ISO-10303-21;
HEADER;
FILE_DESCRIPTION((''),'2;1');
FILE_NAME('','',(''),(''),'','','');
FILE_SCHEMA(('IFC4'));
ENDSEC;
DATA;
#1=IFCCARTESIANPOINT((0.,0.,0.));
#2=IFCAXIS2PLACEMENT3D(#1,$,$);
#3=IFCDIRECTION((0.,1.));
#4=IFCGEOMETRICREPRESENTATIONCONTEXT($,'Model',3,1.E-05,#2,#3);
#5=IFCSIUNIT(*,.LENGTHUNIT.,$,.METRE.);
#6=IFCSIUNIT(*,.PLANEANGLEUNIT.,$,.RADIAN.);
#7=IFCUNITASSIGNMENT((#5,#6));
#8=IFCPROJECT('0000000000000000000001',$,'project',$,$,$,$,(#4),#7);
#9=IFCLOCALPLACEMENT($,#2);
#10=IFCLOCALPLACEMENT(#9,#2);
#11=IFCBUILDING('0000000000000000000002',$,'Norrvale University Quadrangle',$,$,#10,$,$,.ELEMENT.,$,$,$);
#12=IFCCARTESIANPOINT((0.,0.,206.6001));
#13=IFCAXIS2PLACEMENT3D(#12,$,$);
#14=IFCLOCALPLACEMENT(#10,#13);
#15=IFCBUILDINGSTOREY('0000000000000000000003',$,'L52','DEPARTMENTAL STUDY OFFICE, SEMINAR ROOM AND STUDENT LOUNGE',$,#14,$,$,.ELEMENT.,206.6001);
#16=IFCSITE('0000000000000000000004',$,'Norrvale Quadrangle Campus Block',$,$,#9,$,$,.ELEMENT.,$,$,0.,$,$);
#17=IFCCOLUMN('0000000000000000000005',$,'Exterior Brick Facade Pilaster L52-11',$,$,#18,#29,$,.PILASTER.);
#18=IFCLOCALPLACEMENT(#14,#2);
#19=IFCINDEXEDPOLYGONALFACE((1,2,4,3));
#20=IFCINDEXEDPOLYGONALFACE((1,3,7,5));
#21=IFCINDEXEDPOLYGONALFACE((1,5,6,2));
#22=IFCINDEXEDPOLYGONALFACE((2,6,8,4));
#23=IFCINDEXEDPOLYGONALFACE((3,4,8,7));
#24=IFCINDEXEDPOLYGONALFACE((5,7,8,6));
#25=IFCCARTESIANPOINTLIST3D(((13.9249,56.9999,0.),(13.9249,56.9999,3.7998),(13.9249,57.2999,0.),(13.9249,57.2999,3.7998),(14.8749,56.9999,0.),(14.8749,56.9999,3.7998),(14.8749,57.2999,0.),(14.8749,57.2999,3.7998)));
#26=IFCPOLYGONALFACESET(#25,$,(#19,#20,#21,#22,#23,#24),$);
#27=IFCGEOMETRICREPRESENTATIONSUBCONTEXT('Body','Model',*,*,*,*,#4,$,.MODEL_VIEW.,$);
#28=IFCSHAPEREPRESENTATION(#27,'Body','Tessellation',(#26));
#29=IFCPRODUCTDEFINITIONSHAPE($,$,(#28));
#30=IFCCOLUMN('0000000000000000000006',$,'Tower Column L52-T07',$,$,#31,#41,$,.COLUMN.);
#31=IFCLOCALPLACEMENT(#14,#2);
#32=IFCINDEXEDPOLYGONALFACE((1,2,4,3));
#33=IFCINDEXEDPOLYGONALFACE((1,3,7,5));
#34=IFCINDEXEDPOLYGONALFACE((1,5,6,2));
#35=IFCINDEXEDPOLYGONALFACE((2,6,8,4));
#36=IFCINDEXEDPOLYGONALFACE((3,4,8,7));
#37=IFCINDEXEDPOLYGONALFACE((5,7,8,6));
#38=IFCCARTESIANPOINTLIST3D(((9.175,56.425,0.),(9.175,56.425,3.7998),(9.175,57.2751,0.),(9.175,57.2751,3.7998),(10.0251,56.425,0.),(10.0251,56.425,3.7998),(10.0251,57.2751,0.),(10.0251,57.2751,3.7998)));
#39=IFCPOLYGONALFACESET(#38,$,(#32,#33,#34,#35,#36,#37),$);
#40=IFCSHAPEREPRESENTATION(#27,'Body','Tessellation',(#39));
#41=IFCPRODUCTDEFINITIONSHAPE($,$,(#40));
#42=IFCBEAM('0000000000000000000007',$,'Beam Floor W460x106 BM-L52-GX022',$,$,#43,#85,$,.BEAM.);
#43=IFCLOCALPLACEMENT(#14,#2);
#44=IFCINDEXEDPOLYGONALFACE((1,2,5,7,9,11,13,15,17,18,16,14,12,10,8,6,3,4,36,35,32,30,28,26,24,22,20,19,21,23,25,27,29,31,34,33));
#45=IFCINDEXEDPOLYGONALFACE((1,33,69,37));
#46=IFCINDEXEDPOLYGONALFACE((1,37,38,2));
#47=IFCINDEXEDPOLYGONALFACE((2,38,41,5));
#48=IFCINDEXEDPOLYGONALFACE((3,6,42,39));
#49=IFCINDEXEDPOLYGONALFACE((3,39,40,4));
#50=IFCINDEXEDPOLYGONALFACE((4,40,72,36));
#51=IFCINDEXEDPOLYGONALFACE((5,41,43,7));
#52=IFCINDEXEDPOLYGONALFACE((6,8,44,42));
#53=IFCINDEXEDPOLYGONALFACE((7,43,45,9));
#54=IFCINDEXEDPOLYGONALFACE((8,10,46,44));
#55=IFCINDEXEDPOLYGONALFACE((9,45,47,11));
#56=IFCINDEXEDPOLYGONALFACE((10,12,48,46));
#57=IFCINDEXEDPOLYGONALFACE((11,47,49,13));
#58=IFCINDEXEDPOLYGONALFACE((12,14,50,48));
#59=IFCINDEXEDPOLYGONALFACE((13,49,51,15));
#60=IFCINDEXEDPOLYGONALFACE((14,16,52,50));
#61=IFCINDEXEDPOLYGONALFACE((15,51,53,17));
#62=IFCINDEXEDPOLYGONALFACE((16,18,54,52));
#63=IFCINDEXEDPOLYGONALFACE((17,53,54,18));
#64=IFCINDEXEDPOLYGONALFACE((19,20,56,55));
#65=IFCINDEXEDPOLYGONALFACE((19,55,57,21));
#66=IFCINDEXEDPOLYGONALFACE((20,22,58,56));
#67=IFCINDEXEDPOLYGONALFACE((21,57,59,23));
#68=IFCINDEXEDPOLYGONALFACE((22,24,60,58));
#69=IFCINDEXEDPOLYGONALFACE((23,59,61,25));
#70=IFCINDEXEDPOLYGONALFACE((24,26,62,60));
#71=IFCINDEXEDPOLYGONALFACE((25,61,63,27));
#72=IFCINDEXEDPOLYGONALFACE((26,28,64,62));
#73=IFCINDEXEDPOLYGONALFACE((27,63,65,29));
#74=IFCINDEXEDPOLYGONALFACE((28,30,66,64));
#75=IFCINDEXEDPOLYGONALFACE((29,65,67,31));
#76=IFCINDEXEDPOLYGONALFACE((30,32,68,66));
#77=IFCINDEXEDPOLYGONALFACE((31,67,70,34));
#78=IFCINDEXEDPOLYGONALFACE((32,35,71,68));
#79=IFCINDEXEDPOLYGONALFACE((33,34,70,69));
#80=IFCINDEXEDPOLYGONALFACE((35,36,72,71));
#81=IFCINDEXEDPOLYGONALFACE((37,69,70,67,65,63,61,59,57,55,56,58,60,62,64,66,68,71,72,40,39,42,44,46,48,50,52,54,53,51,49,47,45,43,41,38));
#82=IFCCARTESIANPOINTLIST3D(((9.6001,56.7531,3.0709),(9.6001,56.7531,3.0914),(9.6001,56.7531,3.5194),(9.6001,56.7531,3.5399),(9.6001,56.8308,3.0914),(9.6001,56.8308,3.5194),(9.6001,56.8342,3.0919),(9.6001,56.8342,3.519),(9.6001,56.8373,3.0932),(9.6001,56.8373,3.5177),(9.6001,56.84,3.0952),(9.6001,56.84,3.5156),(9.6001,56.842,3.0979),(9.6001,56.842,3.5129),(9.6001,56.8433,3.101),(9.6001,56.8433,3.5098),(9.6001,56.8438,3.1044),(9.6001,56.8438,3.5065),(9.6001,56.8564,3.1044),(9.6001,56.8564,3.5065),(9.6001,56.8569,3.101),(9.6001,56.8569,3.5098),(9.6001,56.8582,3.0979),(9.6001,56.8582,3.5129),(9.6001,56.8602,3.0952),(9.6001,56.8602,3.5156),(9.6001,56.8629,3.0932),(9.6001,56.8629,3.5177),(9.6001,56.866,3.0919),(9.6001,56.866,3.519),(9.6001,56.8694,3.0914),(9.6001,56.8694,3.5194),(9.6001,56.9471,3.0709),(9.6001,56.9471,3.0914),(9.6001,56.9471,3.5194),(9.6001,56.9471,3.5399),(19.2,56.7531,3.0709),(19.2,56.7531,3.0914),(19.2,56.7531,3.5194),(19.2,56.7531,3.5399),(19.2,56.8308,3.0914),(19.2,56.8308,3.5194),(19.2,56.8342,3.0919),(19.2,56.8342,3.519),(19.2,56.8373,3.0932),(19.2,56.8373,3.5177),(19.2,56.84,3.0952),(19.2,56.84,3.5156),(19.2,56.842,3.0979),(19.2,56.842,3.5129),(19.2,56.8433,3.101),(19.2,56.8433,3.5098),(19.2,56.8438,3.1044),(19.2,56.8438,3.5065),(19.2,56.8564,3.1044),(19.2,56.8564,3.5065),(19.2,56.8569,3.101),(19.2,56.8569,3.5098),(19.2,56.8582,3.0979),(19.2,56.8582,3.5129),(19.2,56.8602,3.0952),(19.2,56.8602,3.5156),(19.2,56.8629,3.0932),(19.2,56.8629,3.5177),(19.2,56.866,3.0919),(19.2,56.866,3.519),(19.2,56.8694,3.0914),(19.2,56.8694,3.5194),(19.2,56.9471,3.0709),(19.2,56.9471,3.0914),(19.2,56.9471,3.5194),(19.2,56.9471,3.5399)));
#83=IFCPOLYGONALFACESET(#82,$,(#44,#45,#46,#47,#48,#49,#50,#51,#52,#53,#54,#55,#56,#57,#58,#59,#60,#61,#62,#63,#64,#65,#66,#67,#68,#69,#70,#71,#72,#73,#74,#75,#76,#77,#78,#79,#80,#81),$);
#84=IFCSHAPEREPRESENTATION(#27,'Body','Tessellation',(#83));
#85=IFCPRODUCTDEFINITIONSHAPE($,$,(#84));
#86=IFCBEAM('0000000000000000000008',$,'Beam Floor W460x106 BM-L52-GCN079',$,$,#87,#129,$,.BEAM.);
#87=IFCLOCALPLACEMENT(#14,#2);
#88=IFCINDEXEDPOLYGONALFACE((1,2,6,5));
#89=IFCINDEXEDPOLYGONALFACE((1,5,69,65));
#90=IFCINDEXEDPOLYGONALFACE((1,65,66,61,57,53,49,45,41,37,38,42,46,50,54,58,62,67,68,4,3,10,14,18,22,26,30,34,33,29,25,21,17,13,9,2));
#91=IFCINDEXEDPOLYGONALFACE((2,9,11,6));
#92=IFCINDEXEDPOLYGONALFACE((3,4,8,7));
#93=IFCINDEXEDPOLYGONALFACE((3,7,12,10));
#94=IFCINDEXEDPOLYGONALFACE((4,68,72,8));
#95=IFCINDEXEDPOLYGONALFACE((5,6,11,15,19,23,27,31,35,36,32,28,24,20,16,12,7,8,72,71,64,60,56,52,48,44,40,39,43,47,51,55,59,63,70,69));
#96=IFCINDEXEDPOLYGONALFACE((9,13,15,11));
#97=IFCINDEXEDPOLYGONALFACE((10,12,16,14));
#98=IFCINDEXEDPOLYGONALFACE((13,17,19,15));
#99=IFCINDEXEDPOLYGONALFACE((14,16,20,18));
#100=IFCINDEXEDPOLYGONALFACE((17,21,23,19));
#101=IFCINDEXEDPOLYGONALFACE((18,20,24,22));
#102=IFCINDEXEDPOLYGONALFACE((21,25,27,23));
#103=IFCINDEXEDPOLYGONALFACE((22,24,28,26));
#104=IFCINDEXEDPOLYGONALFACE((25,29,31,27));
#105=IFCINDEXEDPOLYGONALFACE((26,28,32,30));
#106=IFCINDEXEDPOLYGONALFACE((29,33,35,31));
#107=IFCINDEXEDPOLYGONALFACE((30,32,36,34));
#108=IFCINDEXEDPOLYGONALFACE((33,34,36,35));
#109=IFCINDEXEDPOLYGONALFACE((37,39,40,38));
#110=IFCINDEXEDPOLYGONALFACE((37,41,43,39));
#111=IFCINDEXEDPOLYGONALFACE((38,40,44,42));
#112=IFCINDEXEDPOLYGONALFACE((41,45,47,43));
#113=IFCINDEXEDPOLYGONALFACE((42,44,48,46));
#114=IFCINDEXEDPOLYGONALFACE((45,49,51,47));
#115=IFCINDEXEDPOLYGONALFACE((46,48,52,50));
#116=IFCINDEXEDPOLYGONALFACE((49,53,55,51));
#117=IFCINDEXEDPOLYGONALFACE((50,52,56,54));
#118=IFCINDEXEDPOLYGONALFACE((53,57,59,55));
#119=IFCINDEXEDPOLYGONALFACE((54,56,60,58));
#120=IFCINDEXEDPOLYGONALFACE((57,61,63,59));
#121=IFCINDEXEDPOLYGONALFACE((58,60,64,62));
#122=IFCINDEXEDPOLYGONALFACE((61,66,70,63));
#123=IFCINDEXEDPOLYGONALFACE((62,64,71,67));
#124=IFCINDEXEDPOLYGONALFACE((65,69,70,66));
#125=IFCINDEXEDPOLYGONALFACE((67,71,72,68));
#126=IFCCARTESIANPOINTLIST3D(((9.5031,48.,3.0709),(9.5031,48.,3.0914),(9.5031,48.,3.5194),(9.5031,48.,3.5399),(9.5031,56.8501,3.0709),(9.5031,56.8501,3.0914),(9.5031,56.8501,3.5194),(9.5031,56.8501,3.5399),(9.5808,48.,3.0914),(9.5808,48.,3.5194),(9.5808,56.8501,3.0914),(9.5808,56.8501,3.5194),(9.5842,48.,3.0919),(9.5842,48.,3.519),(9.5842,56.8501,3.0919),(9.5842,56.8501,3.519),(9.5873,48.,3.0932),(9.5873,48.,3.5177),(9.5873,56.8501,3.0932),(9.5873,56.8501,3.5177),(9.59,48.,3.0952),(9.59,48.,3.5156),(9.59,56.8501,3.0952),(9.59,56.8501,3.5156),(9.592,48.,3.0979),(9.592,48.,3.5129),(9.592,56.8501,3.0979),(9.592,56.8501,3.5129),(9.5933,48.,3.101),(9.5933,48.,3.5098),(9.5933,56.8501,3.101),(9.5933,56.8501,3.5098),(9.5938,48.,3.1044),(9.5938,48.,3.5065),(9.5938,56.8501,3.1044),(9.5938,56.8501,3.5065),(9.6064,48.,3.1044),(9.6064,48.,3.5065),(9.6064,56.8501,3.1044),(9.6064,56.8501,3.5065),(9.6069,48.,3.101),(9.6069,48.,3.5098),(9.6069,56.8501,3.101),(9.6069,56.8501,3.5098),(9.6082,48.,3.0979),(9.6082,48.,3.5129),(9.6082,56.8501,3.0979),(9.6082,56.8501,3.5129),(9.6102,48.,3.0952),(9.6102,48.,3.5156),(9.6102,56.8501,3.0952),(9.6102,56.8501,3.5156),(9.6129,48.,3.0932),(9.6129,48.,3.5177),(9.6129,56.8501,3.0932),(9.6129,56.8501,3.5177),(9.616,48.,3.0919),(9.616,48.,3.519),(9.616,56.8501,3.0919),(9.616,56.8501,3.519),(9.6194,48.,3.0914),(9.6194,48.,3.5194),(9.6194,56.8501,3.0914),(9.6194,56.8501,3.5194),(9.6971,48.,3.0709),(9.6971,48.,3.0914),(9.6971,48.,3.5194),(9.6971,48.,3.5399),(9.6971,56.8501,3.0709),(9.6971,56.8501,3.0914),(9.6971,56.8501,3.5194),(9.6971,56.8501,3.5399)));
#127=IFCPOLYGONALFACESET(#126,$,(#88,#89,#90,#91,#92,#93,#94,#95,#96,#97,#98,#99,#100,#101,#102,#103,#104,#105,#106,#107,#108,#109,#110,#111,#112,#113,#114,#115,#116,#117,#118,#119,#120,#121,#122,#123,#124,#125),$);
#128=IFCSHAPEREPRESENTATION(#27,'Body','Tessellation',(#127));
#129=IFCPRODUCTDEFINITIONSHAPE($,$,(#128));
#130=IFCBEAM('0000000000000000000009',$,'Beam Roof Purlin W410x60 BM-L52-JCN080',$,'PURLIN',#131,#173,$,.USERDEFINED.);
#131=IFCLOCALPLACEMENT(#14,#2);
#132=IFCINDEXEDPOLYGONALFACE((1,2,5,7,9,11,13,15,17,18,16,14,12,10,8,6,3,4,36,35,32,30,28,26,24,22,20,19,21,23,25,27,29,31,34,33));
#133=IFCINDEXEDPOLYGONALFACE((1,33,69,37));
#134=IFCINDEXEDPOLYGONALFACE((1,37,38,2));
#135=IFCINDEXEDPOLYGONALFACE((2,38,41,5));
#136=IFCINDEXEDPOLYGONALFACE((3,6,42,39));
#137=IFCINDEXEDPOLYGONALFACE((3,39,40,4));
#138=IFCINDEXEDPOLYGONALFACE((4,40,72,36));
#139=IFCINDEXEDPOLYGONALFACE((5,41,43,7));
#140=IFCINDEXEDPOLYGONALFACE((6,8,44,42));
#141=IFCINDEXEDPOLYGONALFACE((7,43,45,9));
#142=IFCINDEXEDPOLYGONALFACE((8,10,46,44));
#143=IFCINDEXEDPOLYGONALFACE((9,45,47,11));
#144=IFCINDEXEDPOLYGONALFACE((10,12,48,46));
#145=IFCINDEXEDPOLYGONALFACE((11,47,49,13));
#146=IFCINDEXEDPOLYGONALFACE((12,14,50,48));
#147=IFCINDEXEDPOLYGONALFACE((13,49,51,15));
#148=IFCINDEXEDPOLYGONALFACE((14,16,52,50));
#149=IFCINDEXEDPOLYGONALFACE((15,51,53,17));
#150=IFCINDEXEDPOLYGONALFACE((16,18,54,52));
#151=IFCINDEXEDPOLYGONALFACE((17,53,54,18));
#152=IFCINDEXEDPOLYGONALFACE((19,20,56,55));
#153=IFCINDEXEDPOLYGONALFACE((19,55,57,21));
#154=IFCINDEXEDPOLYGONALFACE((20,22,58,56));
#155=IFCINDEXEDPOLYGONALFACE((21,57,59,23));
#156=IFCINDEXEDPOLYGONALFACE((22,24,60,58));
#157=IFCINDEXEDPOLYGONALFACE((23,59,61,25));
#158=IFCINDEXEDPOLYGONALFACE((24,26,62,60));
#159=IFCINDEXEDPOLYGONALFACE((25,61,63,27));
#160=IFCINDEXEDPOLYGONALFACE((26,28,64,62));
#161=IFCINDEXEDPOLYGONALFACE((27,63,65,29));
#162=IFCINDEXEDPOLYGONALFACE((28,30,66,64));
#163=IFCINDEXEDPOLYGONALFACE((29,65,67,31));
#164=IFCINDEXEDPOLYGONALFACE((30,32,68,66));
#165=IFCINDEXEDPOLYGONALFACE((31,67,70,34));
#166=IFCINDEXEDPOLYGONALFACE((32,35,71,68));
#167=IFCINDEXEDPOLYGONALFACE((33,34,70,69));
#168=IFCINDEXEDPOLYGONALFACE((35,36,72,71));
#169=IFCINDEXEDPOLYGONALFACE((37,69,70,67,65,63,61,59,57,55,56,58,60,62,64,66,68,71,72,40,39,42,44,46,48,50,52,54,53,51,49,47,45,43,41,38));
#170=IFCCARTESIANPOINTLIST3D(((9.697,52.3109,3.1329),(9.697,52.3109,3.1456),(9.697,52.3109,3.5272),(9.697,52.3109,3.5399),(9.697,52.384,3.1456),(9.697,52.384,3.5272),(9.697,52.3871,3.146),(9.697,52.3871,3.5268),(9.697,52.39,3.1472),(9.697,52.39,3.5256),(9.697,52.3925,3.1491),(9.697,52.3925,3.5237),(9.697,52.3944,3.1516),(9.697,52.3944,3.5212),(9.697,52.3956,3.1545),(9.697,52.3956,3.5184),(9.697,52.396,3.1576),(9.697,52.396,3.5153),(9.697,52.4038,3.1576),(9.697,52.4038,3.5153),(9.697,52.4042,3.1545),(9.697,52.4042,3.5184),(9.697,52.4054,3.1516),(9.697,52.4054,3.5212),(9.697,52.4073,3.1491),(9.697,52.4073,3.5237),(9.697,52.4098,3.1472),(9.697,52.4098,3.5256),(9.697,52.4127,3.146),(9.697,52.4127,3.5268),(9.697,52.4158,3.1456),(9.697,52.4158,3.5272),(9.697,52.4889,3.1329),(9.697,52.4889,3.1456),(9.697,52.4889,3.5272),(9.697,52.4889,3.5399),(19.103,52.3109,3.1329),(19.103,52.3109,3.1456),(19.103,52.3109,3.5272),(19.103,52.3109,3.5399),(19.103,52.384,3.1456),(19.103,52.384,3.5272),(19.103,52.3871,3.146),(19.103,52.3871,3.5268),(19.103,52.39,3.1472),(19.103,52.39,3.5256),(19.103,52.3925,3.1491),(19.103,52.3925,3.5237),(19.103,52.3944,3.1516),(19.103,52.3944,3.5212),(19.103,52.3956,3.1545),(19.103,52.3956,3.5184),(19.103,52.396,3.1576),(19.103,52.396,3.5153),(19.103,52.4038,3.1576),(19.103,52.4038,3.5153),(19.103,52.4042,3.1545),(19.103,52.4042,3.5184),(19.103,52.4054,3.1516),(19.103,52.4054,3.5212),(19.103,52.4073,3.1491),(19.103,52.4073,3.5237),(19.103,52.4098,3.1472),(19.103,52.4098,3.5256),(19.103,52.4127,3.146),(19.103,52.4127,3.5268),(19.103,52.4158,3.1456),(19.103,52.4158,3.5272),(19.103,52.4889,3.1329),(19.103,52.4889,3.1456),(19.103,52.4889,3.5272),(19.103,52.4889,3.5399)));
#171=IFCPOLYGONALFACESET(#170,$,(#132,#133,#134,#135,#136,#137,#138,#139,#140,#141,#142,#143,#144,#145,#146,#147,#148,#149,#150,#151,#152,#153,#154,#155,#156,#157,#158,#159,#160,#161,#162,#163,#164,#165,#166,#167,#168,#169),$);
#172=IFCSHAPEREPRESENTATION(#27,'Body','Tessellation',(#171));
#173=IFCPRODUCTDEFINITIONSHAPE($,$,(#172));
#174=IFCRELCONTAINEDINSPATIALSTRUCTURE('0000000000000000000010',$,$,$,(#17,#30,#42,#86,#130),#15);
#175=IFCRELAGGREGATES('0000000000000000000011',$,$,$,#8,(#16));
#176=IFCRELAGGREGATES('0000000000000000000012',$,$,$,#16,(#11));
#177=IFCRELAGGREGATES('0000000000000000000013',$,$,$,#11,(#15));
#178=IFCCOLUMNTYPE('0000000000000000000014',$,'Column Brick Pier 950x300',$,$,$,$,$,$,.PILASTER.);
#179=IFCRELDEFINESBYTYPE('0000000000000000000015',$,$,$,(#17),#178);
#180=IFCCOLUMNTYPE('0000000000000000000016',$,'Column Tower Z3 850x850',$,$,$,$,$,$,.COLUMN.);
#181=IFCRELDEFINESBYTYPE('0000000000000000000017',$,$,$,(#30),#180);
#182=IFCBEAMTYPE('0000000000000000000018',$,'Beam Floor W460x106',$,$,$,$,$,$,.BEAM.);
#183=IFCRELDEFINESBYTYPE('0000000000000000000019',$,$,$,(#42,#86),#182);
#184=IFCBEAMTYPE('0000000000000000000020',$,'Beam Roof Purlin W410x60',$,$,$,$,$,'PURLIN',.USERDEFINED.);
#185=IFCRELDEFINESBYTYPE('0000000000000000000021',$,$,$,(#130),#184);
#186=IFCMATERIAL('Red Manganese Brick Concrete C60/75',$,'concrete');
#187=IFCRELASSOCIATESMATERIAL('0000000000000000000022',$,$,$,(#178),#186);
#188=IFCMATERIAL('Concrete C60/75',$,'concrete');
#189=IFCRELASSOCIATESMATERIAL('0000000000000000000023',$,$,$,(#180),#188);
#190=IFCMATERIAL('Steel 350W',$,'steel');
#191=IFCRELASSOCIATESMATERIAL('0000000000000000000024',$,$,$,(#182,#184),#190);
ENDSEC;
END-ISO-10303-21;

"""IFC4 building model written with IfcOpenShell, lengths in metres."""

from ifc_helpers import new_model, si_unit, direction, frame, origin, origin_2d, place, context, subcontext, project, spatial, rectangle, i_section, extrude, material, material_profile, profile_set, type_object, element, save


model = new_model("IFC4")

# Units and contexts
model_context = context("Model", 3, precision=1e-05, world=origin(), true_north=direction((0.0, 1.0)))
body_context = subcontext(model_context, "Body", "Model", "MODEL_VIEW")
ifc_project = project(units=[si_unit("LENGTHUNIT", "METRE"), si_unit("PLANEANGLEUNIT", "RADIAN")], contexts=[model_context])

# Site, building, storey
site_placement = place(None, origin())
site = spatial("IfcSite", under=ifc_project, at=site_placement, Name="Norrvale Quadrangle Campus Block", CompositionType="ELEMENT", RefElevation=0.0)
building_placement = place(site_placement, origin())
building = spatial("IfcBuilding", under=site, at=building_placement, Name="Norrvale University Quadrangle", CompositionType="ELEMENT")
storey_placement = place(building_placement, frame((0.0, 0.0, 206.6001)))
storey = spatial("IfcBuildingStorey", under=building, at=storey_placement, Name="L52", Description="DEPARTMENTAL STUDY OFFICE, SEMINAR ROOM AND STUDENT LOUNGE", CompositionType="ELEMENT", Elevation=206.6001)

# Columns
ifc_material_1 = material(Name="Red Manganese Brick Concrete C60/75", Category="concrete")
ifc_material_profile_1 = material_profile(ifc_material_1, rectangle(XDim=0.95, YDim=0.3, at=origin_2d()), Name="Red Manganese Brick Concrete C60/75")
ifc_profile_set_1 = profile_set([ifc_material_profile_1], Name="Red Manganese Brick Concrete C60/75")
column_type_1 = type_object("IfcColumnType", Name="Column Brick Pier 950x300", PredefinedType="PILASTER", material=ifc_profile_set_1)
column_1_placement = place(storey_placement, frame((14.3999, 57.1499, 0.0), z_axis=(0.0, 0.0, 1.0), x_axis=(1.0, 0.0, 0.0)))
element("IfcColumn", 1, at=column_1_placement, inside=storey, type_object=column_type_1, Name="Exterior Brick Facade Pilaster L52-11", PredefinedType="PILASTER", context=body_context, shape_type="SweptSolid", body=[
    extrude(rectangle(XDim=0.95, YDim=0.3, at=origin_2d()), origin(), (0.0, 0.0, 1.0), 3.7998),
])
ifc_material_2 = material(Name="Concrete C60/75", Category="concrete")
ifc_material_profile_2 = material_profile(ifc_material_2, rectangle(XDim=0.8501, YDim=0.8501, at=origin_2d()), Name="Concrete C60/75")
ifc_profile_set_2 = profile_set([ifc_material_profile_2], Name="Concrete C60/75")
column_type_2 = type_object("IfcColumnType", Name="Column Tower Z3 850x850", PredefinedType="COLUMN", material=ifc_profile_set_2)
column_2_placement = place(storey_placement, frame((9.6001, 56.8501, 0.0), z_axis=(0.0, 0.0, 1.0), x_axis=(1.0, 0.0, 0.0)))
element("IfcColumn", 2, at=column_2_placement, inside=storey, type_object=column_type_2, Name="Tower Column L52-T07", PredefinedType="COLUMN", context=body_context, shape_type="SweptSolid", body=[
    extrude(rectangle(XDim=0.8501, YDim=0.8501, at=origin_2d()), origin(), (0.0, 0.0, 1.0), 3.7998),
])

# Beams
ifc_material_3 = material(Name="Steel 350W", Category="steel")
ifc_material_profile_3 = material_profile(ifc_material_3, i_section(OverallWidth=0.1941, OverallDepth=0.469, WebThickness=0.0127, FlangeThickness=0.0205, FilletRadius=0.0129, at=origin_2d()), Name="Steel 350W")
ifc_profile_set_3 = profile_set([ifc_material_profile_3], Name="Steel 350W")
beam_type_1 = type_object("IfcBeamType", Name="Beam Floor W460x106", PredefinedType="BEAM", material=ifc_profile_set_3)
beam_1_placement = place(storey_placement, frame((9.6001, 56.8501, 3.3054), z_axis=(1.0, 0.0, 0.0), x_axis=(0.0, 1.0, 0.0)))
element("IfcBeam", 3, at=beam_1_placement, inside=storey, type_object=beam_type_1, Name="Beam Floor W460x106 BM-L52-GX022", PredefinedType="BEAM", context=body_context, shape_type="SweptSolid", body=[
    extrude(i_section(OverallWidth=0.1941, OverallDepth=0.469, WebThickness=0.0127, FlangeThickness=0.0205, FilletRadius=0.0129, at=origin_2d()), origin(), (0.0, 0.0, 1.0), 9.5999),
])
beam_2_placement = place(storey_placement, frame((9.6001, 48.0, 3.3054), z_axis=(0.0, 1.0, 0.0), x_axis=(-1.0, 0.0, 0.0)))
element("IfcBeam", 4, at=beam_2_placement, inside=storey, type_object=beam_type_1, Name="Beam Floor W460x106 BM-L52-GCN079", PredefinedType="BEAM", context=body_context, shape_type="SweptSolid", body=[
    extrude(i_section(OverallWidth=0.1941, OverallDepth=0.469, WebThickness=0.0127, FlangeThickness=0.0205, FilletRadius=0.0129, at=origin_2d()), origin(), (0.0, 0.0, 1.0), 8.8501),
])
ifc_material_profile_4 = material_profile(ifc_material_3, i_section(OverallWidth=0.178, OverallDepth=0.407, WebThickness=0.0078, FlangeThickness=0.0127, FilletRadius=0.012, at=origin_2d()), Name="Steel 350W")
ifc_profile_set_4 = profile_set([ifc_material_profile_4], Name="Steel 350W")
beam_type_2 = type_object("IfcBeamType", Name="Beam Roof Purlin W410x60", ElementType="PURLIN", PredefinedType="USERDEFINED", material=ifc_profile_set_4)
beam_3_placement = place(storey_placement, frame((9.697, 52.3999, 3.3364), z_axis=(1.0, 0.0, 0.0), x_axis=(0.0, 1.0, 0.0)))
element("IfcBeam", 5, at=beam_3_placement, inside=storey, type_object=beam_type_2, Name="Beam Roof Purlin W410x60 BM-L52-JCN080", ObjectType="PURLIN", PredefinedType="USERDEFINED", context=body_context, shape_type="SweptSolid", body=[
    extrude(i_section(OverallWidth=0.178, OverallDepth=0.407, WebThickness=0.0078, FlangeThickness=0.0127, FilletRadius=0.012, at=origin_2d()), origin(), (0.0, 0.0, 1.0), 9.406),
])

save(model, "model.ifc")
